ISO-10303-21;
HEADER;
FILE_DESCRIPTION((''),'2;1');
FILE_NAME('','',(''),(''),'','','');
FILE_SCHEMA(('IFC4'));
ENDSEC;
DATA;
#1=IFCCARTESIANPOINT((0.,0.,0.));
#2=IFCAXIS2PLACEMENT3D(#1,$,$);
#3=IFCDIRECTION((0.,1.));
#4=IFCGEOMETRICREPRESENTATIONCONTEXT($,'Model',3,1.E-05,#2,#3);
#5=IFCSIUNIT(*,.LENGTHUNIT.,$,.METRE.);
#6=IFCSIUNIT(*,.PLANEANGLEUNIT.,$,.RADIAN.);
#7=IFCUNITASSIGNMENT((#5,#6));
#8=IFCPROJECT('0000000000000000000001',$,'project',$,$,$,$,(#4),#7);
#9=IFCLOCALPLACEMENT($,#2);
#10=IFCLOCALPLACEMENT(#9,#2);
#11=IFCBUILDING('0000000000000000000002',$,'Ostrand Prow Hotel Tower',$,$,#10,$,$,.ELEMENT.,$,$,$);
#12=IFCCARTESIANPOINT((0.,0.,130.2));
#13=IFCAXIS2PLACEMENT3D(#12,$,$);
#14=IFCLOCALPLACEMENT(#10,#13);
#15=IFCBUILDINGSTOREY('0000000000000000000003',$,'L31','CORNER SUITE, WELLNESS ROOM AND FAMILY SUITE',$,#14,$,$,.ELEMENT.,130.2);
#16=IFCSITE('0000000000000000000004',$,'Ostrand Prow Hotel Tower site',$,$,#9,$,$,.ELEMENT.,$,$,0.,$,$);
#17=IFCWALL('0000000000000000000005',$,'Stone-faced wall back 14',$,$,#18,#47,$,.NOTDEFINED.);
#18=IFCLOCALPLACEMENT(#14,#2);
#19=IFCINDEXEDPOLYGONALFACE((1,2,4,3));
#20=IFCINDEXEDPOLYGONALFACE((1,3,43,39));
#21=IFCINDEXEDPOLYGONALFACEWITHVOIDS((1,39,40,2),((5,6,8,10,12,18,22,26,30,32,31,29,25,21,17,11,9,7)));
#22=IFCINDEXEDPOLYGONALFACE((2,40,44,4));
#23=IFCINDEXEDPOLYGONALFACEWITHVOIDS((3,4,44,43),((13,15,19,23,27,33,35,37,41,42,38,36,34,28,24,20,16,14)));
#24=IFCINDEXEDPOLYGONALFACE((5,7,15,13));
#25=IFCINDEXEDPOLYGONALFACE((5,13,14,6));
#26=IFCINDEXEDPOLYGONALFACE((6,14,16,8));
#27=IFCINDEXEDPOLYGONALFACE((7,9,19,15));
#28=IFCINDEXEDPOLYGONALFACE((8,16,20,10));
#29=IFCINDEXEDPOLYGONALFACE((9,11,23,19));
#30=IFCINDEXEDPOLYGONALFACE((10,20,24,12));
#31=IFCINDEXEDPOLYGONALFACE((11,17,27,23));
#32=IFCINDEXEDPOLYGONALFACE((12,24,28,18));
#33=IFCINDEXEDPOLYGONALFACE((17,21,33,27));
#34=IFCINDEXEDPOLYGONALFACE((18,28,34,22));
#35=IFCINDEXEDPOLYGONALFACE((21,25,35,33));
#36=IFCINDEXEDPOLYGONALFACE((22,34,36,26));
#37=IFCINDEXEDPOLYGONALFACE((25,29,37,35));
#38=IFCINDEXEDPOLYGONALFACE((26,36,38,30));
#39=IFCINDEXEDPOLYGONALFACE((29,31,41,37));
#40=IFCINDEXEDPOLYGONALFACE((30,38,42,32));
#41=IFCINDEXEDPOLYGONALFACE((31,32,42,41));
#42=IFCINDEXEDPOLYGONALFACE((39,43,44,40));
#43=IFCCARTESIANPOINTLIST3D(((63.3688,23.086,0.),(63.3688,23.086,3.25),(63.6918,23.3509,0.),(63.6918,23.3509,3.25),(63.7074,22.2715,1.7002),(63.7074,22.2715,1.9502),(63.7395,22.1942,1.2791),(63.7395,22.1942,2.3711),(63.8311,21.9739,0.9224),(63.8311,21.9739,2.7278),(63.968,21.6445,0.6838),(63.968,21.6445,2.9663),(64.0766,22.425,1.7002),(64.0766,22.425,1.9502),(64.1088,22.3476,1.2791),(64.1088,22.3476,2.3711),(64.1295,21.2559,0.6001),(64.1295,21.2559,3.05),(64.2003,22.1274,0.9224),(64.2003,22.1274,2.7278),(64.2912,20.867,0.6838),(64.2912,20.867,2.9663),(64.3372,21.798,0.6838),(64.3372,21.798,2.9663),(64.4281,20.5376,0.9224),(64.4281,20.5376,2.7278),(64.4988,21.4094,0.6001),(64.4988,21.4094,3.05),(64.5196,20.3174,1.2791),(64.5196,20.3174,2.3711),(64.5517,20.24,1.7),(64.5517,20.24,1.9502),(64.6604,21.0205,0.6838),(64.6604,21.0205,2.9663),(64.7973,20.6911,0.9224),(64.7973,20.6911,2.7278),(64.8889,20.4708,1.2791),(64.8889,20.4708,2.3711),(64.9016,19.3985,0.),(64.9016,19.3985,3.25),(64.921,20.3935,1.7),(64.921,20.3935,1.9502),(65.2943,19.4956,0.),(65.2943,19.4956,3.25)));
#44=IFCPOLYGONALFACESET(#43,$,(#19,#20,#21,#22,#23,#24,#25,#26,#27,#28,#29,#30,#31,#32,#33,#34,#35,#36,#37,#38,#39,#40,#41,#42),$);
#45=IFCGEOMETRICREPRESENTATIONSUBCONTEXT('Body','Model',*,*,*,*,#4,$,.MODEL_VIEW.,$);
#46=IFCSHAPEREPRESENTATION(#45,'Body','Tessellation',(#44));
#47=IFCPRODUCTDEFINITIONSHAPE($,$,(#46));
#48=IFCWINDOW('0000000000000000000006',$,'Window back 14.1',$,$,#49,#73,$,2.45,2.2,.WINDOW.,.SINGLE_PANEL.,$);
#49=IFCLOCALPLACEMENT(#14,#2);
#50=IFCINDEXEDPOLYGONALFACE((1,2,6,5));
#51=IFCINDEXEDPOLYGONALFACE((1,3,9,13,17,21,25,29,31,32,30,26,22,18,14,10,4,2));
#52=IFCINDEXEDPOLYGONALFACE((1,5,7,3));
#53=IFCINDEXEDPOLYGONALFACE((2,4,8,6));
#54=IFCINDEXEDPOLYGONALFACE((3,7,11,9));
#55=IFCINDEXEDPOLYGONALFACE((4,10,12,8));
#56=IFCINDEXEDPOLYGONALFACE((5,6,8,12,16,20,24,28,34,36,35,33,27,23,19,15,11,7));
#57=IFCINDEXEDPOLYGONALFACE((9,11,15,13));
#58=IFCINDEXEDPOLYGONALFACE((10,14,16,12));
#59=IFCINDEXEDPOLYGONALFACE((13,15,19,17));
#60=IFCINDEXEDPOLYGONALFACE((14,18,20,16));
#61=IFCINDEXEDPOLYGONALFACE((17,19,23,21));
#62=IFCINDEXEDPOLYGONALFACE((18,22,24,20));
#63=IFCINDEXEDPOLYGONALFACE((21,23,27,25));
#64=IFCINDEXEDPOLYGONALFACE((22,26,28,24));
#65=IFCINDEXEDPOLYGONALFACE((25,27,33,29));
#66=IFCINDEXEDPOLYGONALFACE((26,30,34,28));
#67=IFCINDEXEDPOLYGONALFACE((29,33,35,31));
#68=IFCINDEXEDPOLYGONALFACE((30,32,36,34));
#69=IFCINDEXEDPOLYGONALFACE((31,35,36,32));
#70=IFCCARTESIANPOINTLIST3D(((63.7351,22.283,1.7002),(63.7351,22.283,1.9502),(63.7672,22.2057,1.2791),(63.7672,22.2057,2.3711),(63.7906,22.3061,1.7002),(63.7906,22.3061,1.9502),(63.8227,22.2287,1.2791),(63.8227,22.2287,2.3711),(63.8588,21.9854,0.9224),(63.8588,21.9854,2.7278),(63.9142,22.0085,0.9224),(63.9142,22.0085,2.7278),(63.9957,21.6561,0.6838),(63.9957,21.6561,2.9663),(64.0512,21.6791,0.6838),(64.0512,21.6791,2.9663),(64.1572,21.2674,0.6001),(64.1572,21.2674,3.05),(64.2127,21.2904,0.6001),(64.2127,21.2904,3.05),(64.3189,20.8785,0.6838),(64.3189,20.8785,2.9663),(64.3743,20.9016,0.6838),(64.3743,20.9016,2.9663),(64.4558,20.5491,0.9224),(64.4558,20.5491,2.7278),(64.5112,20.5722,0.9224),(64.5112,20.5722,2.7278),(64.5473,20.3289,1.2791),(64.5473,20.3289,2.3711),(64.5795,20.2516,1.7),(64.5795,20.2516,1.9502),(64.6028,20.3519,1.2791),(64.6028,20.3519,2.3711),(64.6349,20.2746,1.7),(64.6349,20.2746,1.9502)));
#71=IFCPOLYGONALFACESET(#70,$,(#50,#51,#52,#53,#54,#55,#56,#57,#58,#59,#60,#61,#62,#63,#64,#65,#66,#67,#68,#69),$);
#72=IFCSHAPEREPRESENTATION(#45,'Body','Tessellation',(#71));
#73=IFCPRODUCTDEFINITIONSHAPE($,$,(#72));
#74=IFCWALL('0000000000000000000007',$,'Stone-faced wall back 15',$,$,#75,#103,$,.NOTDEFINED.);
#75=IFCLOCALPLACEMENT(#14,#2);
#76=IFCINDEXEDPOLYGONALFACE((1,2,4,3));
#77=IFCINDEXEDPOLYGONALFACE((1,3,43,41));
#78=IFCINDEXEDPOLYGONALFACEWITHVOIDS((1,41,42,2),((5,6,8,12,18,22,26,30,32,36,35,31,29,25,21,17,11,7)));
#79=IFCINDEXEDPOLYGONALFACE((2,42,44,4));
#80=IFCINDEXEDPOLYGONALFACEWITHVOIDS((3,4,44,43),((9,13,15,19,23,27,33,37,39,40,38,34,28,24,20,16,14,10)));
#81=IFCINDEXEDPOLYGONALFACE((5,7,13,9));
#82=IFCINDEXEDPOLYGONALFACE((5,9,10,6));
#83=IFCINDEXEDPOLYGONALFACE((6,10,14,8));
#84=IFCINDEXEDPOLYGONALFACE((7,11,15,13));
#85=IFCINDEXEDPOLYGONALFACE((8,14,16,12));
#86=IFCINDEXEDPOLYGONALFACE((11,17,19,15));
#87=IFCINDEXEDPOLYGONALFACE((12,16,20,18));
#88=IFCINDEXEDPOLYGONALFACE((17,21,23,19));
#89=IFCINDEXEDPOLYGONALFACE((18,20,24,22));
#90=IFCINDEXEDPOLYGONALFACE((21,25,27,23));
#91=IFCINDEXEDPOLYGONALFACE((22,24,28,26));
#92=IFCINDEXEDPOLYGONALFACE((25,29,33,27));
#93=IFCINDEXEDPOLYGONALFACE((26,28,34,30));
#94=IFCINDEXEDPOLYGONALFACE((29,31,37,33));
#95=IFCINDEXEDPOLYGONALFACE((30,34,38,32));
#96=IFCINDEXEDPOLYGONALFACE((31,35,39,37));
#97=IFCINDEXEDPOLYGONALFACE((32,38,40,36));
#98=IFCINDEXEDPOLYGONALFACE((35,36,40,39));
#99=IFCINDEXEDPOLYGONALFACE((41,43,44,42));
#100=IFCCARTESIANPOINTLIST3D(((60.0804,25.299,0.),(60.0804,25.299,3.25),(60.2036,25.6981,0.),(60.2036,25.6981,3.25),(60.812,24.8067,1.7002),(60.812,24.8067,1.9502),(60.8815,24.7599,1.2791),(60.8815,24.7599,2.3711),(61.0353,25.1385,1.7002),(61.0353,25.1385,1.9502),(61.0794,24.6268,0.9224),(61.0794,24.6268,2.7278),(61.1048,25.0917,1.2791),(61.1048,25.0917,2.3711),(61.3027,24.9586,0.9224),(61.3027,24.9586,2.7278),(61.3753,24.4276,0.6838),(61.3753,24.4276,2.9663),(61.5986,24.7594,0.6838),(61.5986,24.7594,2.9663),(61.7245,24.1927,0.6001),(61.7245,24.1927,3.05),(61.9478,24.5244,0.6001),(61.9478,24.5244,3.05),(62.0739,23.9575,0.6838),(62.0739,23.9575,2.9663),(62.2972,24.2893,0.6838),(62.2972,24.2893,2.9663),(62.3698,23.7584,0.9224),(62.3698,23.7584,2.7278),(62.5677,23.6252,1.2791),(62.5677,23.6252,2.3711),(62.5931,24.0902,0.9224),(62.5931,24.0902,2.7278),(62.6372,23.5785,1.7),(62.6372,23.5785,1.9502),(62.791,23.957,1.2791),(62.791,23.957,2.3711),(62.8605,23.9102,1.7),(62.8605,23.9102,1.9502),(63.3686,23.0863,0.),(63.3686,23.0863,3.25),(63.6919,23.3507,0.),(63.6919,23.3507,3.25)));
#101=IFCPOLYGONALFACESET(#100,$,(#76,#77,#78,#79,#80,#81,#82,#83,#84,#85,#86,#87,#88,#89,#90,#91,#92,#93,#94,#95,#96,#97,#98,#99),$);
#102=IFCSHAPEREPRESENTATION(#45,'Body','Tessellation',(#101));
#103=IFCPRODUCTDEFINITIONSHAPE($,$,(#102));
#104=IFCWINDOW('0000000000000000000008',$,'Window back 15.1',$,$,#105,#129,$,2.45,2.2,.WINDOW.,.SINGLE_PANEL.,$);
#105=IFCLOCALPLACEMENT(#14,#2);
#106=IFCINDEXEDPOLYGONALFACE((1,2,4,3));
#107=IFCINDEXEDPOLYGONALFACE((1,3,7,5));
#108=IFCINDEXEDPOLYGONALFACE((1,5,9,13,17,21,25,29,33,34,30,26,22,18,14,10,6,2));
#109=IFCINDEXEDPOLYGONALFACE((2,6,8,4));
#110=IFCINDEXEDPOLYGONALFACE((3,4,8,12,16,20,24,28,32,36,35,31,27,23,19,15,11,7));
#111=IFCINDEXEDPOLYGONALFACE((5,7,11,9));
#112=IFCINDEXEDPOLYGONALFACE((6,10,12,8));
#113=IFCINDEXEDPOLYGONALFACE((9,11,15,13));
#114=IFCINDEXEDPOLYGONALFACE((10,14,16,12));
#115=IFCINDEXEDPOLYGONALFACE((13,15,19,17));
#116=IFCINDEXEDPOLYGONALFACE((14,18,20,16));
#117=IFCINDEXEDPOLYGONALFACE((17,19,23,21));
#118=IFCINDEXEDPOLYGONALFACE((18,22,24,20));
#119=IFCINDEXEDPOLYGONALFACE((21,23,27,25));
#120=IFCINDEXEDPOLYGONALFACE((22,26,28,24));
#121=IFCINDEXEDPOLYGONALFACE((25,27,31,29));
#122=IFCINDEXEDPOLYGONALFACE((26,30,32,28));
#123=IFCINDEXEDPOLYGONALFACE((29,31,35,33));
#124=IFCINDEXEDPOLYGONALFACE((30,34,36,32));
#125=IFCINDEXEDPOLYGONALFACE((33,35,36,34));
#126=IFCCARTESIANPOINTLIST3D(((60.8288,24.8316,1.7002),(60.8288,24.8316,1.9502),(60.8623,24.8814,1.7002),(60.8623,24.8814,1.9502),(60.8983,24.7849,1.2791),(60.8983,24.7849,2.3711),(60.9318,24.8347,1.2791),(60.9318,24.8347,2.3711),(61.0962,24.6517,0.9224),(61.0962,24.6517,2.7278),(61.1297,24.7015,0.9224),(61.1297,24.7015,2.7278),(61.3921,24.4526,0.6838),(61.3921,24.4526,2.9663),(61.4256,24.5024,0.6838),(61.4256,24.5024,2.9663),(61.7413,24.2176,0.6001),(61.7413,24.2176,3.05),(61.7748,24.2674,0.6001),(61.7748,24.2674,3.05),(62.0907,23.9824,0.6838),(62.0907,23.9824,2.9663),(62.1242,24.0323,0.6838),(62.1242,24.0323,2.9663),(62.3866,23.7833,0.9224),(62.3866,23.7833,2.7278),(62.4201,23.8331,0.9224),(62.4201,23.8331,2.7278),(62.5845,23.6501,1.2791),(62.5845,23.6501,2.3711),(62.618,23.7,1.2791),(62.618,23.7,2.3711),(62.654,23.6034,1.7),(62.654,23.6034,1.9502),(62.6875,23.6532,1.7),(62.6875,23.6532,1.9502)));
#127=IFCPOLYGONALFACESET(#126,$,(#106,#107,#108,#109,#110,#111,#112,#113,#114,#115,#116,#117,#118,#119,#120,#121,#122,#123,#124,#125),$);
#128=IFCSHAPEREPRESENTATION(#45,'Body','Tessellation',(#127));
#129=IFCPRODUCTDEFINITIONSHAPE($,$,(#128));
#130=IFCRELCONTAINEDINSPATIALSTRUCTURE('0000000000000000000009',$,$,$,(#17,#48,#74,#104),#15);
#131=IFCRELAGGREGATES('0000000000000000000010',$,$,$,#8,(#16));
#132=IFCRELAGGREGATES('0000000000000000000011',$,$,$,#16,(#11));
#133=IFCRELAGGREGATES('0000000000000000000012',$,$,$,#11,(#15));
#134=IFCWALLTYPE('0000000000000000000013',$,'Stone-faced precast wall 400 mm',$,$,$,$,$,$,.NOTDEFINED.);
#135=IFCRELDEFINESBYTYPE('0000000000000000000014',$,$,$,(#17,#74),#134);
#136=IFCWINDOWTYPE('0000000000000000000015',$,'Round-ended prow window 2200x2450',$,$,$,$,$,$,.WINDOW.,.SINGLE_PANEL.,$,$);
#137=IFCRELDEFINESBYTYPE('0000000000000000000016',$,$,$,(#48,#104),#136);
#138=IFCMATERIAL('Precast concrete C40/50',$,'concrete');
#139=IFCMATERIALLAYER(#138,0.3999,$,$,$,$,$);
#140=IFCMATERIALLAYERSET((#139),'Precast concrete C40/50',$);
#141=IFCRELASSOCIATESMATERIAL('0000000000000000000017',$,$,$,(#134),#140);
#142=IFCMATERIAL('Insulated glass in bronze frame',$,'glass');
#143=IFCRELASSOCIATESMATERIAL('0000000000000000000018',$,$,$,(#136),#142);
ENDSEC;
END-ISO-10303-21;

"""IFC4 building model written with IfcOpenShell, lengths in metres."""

from ifc_helpers import new_model, si_unit, direction, frame, origin, place, context, subcontext, project, spatial, polyline, outline, extrude, material, layer, layer_set, type_object, element, fill, save


model = new_model("IFC4")

# Units and contexts
model_context = context("Model", 3, precision=1e-05, world=origin(), true_north=direction((0.0, 1.0)))
body_context = subcontext(model_context, "Body", "Model", "MODEL_VIEW")
ifc_project = project(units=[si_unit("LENGTHUNIT", "METRE"), si_unit("PLANEANGLEUNIT", "RADIAN")], contexts=[model_context])

# Site, building, storey
site_placement = place(None, origin())
site = spatial("IfcSite", under=ifc_project, at=site_placement, Name="Ostrand Prow Hotel Tower site", CompositionType="ELEMENT", RefElevation=0.0)
building_placement = place(site_placement, origin())
building = spatial("IfcBuilding", under=site, at=building_placement, Name="Ostrand Prow Hotel Tower", CompositionType="ELEMENT")
storey_placement = place(building_placement, frame((0.0, 0.0, 130.2)))
storey = spatial("IfcBuildingStorey", under=building, at=storey_placement, Name="L31", Description="CORNER SUITE, WELLNESS ROOM AND FAMILY SUITE", CompositionType="ELEMENT", Elevation=130.2)

# Shared definitions
ifc_material_1 = material(Name="Precast concrete C40/50", Category="concrete")
ifc_layer_1 = layer(ifc_material_1, 0.3999)
ifc_layer_set_1 = layer_set([ifc_layer_1], Name="Precast concrete C40/50")
wall_type_1 = type_object("IfcWallType", Name="Stone-faced precast wall 400 mm", PredefinedType="NOTDEFINED", material=ifc_layer_set_1)

# Walls, openings, windows
wall_1_placement = place(storey_placement, frame((65.0979, 19.447, 0.0), z_axis=(0.0, 0.0, 1.0), x_axis=(-0.383817, 0.923409, 0.0)))
wall_1 = element("IfcWall", 1, at=wall_1_placement, inside=storey, type_object=wall_type_1, Name="Stone-faced wall back 14", PredefinedType="NOTDEFINED", context=body_context, shape_type="SweptSolid", body=[
    extrude(outline(polyline([(-0.0305, -0.2), (4.1445, -0.2), (4.0239, 0.2), (0.0305, 0.2), (-0.0305, -0.2)])), origin(), (0.0, 0.0, 1.0), 3.25),
])
opening_1_placement = place(wall_1_placement, frame((0.9419, 0.0, 0.6001)))
opening_1 = element("IfcOpeningElement", 2, at=opening_1_placement, cuts=wall_1, PredefinedType="OPENING", context=body_context, shape_type="SweptSolid", body=[
    extrude(outline(polyline([(0.0, 1.3501), (0.0837, 1.771), (0.3223, 2.1277), (0.679, 2.3662), (1.1001, 2.45), (1.521, 2.3662), (1.8777, 2.1277), (2.1162, 1.771), (2.2, 1.3501), (2.2, 1.1001), (2.1162, 0.679), (1.8777, 0.3223), (1.521, 0.0837), (1.1001, 0.0), (0.679, 0.0837), (0.3223, 0.3223), (0.0837, 0.679), (0.0, 1.0999), (0.0, 1.3501)])), frame((0.0, 0.21, 0.0), z_axis=(0.0, -1.0, 0.0), x_axis=(1.0, 0.0, 0.0)), (0.0, 0.0, 1.0), 0.4199),
])
ifc_material_2 = material(Name="Insulated glass in bronze frame", Category="glass")
window_type = type_object("IfcWindowType", Name="Round-ended prow window 2200x2450", PartitioningType="SINGLE_PANEL", PredefinedType="WINDOW", material=ifc_material_2)
window_1_placement = place(opening_1_placement, origin())
window_1 = element("IfcWindow", 3, at=window_1_placement, inside=storey, type_object=window_type, Name="Window back 14.1", OverallHeight=2.45, OverallWidth=2.2, PartitioningType="SINGLE_PANEL", PredefinedType="WINDOW", context=body_context, shape_type="SweptSolid", body=[
    extrude(outline(polyline([(0.0, 1.3501), (0.0837, 1.771), (0.3223, 2.1277), (0.679, 2.3662), (1.1001, 2.45), (1.521, 2.3662), (1.8777, 2.1277), (2.1162, 1.771), (2.2, 1.3501), (2.2, 1.1001), (2.1162, 0.679), (1.8777, 0.3223), (1.521, 0.0837), (1.1001, 0.0), (0.679, 0.0837), (0.3223, 0.3223), (0.0837, 0.679), (0.0, 1.0999), (0.0, 1.3501)])), frame((0.0, 0.1699, 0.0), z_axis=(0.0, -1.0, 0.0), x_axis=(1.0, 0.0, 0.0)), (0.0, 0.0, 1.0), 0.0601),
])
fill(opening_1, window_1)
wall_2_placement = place(storey_placement, frame((63.5303, 23.2185, 0.0), z_axis=(0.0, 0.0, 1.0), x_axis=(-0.829642, 0.558296, 0.0)))
wall_2 = element("IfcWall", 4, at=wall_2_placement, inside=storey, type_object=wall_type_1, Name="Stone-faced wall back 15", PredefinedType="NOTDEFINED", context=body_context, shape_type="SweptSolid", body=[
    extrude(outline(polyline([(-0.0603, -0.2), (4.1443, -0.2), (4.0237, 0.2), (0.0603, 0.2), (-0.0603, -0.2)])), origin(), (0.0, 0.0, 1.0), 3.25),
])
opening_2_placement = place(wall_2_placement, frame((0.9419, 0.0, 0.6001)))
opening_2 = element("IfcOpeningElement", 5, at=opening_2_placement, cuts=wall_2, PredefinedType="OPENING", context=body_context, shape_type="SweptSolid", body=[
    extrude(outline(polyline([(0.0, 1.3501), (0.0837, 1.771), (0.3223, 2.1277), (0.679, 2.3662), (1.1001, 2.45), (1.521, 2.3662), (1.8777, 2.1277), (2.1162, 1.771), (2.2, 1.3501), (2.2, 1.1001), (2.1162, 0.679), (1.8777, 0.3223), (1.521, 0.0837), (1.1001, 0.0), (0.679, 0.0837), (0.3223, 0.3223), (0.0837, 0.679), (0.0, 1.0999), (0.0, 1.3501)])), frame((0.0, 0.21, 0.0), z_axis=(0.0, -1.0, 0.0), x_axis=(1.0, 0.0, 0.0)), (0.0, 0.0, 1.0), 0.4199),
])
window_2_placement = place(opening_2_placement, origin())
window_2 = element("IfcWindow", 6, at=window_2_placement, inside=storey, type_object=window_type, Name="Window back 15.1", OverallHeight=2.45, OverallWidth=2.2, PartitioningType="SINGLE_PANEL", PredefinedType="WINDOW", context=body_context, shape_type="SweptSolid", body=[
    extrude(outline(polyline([(0.0, 1.3501), (0.0837, 1.771), (0.3223, 2.1277), (0.679, 2.3662), (1.1001, 2.45), (1.521, 2.3662), (1.8777, 2.1277), (2.1162, 1.771), (2.2, 1.3501), (2.2, 1.1001), (2.1162, 0.679), (1.8777, 0.3223), (1.521, 0.0837), (1.1001, 0.0), (0.679, 0.0837), (0.3223, 0.3223), (0.0837, 0.679), (0.0, 1.0999), (0.0, 1.3501)])), frame((0.0, 0.1699, 0.0), z_axis=(0.0, -1.0, 0.0), x_axis=(1.0, 0.0, 0.0)), (0.0, 0.0, 1.0), 0.0601),
])
fill(opening_2, window_2)

save(model, "model.ifc")
